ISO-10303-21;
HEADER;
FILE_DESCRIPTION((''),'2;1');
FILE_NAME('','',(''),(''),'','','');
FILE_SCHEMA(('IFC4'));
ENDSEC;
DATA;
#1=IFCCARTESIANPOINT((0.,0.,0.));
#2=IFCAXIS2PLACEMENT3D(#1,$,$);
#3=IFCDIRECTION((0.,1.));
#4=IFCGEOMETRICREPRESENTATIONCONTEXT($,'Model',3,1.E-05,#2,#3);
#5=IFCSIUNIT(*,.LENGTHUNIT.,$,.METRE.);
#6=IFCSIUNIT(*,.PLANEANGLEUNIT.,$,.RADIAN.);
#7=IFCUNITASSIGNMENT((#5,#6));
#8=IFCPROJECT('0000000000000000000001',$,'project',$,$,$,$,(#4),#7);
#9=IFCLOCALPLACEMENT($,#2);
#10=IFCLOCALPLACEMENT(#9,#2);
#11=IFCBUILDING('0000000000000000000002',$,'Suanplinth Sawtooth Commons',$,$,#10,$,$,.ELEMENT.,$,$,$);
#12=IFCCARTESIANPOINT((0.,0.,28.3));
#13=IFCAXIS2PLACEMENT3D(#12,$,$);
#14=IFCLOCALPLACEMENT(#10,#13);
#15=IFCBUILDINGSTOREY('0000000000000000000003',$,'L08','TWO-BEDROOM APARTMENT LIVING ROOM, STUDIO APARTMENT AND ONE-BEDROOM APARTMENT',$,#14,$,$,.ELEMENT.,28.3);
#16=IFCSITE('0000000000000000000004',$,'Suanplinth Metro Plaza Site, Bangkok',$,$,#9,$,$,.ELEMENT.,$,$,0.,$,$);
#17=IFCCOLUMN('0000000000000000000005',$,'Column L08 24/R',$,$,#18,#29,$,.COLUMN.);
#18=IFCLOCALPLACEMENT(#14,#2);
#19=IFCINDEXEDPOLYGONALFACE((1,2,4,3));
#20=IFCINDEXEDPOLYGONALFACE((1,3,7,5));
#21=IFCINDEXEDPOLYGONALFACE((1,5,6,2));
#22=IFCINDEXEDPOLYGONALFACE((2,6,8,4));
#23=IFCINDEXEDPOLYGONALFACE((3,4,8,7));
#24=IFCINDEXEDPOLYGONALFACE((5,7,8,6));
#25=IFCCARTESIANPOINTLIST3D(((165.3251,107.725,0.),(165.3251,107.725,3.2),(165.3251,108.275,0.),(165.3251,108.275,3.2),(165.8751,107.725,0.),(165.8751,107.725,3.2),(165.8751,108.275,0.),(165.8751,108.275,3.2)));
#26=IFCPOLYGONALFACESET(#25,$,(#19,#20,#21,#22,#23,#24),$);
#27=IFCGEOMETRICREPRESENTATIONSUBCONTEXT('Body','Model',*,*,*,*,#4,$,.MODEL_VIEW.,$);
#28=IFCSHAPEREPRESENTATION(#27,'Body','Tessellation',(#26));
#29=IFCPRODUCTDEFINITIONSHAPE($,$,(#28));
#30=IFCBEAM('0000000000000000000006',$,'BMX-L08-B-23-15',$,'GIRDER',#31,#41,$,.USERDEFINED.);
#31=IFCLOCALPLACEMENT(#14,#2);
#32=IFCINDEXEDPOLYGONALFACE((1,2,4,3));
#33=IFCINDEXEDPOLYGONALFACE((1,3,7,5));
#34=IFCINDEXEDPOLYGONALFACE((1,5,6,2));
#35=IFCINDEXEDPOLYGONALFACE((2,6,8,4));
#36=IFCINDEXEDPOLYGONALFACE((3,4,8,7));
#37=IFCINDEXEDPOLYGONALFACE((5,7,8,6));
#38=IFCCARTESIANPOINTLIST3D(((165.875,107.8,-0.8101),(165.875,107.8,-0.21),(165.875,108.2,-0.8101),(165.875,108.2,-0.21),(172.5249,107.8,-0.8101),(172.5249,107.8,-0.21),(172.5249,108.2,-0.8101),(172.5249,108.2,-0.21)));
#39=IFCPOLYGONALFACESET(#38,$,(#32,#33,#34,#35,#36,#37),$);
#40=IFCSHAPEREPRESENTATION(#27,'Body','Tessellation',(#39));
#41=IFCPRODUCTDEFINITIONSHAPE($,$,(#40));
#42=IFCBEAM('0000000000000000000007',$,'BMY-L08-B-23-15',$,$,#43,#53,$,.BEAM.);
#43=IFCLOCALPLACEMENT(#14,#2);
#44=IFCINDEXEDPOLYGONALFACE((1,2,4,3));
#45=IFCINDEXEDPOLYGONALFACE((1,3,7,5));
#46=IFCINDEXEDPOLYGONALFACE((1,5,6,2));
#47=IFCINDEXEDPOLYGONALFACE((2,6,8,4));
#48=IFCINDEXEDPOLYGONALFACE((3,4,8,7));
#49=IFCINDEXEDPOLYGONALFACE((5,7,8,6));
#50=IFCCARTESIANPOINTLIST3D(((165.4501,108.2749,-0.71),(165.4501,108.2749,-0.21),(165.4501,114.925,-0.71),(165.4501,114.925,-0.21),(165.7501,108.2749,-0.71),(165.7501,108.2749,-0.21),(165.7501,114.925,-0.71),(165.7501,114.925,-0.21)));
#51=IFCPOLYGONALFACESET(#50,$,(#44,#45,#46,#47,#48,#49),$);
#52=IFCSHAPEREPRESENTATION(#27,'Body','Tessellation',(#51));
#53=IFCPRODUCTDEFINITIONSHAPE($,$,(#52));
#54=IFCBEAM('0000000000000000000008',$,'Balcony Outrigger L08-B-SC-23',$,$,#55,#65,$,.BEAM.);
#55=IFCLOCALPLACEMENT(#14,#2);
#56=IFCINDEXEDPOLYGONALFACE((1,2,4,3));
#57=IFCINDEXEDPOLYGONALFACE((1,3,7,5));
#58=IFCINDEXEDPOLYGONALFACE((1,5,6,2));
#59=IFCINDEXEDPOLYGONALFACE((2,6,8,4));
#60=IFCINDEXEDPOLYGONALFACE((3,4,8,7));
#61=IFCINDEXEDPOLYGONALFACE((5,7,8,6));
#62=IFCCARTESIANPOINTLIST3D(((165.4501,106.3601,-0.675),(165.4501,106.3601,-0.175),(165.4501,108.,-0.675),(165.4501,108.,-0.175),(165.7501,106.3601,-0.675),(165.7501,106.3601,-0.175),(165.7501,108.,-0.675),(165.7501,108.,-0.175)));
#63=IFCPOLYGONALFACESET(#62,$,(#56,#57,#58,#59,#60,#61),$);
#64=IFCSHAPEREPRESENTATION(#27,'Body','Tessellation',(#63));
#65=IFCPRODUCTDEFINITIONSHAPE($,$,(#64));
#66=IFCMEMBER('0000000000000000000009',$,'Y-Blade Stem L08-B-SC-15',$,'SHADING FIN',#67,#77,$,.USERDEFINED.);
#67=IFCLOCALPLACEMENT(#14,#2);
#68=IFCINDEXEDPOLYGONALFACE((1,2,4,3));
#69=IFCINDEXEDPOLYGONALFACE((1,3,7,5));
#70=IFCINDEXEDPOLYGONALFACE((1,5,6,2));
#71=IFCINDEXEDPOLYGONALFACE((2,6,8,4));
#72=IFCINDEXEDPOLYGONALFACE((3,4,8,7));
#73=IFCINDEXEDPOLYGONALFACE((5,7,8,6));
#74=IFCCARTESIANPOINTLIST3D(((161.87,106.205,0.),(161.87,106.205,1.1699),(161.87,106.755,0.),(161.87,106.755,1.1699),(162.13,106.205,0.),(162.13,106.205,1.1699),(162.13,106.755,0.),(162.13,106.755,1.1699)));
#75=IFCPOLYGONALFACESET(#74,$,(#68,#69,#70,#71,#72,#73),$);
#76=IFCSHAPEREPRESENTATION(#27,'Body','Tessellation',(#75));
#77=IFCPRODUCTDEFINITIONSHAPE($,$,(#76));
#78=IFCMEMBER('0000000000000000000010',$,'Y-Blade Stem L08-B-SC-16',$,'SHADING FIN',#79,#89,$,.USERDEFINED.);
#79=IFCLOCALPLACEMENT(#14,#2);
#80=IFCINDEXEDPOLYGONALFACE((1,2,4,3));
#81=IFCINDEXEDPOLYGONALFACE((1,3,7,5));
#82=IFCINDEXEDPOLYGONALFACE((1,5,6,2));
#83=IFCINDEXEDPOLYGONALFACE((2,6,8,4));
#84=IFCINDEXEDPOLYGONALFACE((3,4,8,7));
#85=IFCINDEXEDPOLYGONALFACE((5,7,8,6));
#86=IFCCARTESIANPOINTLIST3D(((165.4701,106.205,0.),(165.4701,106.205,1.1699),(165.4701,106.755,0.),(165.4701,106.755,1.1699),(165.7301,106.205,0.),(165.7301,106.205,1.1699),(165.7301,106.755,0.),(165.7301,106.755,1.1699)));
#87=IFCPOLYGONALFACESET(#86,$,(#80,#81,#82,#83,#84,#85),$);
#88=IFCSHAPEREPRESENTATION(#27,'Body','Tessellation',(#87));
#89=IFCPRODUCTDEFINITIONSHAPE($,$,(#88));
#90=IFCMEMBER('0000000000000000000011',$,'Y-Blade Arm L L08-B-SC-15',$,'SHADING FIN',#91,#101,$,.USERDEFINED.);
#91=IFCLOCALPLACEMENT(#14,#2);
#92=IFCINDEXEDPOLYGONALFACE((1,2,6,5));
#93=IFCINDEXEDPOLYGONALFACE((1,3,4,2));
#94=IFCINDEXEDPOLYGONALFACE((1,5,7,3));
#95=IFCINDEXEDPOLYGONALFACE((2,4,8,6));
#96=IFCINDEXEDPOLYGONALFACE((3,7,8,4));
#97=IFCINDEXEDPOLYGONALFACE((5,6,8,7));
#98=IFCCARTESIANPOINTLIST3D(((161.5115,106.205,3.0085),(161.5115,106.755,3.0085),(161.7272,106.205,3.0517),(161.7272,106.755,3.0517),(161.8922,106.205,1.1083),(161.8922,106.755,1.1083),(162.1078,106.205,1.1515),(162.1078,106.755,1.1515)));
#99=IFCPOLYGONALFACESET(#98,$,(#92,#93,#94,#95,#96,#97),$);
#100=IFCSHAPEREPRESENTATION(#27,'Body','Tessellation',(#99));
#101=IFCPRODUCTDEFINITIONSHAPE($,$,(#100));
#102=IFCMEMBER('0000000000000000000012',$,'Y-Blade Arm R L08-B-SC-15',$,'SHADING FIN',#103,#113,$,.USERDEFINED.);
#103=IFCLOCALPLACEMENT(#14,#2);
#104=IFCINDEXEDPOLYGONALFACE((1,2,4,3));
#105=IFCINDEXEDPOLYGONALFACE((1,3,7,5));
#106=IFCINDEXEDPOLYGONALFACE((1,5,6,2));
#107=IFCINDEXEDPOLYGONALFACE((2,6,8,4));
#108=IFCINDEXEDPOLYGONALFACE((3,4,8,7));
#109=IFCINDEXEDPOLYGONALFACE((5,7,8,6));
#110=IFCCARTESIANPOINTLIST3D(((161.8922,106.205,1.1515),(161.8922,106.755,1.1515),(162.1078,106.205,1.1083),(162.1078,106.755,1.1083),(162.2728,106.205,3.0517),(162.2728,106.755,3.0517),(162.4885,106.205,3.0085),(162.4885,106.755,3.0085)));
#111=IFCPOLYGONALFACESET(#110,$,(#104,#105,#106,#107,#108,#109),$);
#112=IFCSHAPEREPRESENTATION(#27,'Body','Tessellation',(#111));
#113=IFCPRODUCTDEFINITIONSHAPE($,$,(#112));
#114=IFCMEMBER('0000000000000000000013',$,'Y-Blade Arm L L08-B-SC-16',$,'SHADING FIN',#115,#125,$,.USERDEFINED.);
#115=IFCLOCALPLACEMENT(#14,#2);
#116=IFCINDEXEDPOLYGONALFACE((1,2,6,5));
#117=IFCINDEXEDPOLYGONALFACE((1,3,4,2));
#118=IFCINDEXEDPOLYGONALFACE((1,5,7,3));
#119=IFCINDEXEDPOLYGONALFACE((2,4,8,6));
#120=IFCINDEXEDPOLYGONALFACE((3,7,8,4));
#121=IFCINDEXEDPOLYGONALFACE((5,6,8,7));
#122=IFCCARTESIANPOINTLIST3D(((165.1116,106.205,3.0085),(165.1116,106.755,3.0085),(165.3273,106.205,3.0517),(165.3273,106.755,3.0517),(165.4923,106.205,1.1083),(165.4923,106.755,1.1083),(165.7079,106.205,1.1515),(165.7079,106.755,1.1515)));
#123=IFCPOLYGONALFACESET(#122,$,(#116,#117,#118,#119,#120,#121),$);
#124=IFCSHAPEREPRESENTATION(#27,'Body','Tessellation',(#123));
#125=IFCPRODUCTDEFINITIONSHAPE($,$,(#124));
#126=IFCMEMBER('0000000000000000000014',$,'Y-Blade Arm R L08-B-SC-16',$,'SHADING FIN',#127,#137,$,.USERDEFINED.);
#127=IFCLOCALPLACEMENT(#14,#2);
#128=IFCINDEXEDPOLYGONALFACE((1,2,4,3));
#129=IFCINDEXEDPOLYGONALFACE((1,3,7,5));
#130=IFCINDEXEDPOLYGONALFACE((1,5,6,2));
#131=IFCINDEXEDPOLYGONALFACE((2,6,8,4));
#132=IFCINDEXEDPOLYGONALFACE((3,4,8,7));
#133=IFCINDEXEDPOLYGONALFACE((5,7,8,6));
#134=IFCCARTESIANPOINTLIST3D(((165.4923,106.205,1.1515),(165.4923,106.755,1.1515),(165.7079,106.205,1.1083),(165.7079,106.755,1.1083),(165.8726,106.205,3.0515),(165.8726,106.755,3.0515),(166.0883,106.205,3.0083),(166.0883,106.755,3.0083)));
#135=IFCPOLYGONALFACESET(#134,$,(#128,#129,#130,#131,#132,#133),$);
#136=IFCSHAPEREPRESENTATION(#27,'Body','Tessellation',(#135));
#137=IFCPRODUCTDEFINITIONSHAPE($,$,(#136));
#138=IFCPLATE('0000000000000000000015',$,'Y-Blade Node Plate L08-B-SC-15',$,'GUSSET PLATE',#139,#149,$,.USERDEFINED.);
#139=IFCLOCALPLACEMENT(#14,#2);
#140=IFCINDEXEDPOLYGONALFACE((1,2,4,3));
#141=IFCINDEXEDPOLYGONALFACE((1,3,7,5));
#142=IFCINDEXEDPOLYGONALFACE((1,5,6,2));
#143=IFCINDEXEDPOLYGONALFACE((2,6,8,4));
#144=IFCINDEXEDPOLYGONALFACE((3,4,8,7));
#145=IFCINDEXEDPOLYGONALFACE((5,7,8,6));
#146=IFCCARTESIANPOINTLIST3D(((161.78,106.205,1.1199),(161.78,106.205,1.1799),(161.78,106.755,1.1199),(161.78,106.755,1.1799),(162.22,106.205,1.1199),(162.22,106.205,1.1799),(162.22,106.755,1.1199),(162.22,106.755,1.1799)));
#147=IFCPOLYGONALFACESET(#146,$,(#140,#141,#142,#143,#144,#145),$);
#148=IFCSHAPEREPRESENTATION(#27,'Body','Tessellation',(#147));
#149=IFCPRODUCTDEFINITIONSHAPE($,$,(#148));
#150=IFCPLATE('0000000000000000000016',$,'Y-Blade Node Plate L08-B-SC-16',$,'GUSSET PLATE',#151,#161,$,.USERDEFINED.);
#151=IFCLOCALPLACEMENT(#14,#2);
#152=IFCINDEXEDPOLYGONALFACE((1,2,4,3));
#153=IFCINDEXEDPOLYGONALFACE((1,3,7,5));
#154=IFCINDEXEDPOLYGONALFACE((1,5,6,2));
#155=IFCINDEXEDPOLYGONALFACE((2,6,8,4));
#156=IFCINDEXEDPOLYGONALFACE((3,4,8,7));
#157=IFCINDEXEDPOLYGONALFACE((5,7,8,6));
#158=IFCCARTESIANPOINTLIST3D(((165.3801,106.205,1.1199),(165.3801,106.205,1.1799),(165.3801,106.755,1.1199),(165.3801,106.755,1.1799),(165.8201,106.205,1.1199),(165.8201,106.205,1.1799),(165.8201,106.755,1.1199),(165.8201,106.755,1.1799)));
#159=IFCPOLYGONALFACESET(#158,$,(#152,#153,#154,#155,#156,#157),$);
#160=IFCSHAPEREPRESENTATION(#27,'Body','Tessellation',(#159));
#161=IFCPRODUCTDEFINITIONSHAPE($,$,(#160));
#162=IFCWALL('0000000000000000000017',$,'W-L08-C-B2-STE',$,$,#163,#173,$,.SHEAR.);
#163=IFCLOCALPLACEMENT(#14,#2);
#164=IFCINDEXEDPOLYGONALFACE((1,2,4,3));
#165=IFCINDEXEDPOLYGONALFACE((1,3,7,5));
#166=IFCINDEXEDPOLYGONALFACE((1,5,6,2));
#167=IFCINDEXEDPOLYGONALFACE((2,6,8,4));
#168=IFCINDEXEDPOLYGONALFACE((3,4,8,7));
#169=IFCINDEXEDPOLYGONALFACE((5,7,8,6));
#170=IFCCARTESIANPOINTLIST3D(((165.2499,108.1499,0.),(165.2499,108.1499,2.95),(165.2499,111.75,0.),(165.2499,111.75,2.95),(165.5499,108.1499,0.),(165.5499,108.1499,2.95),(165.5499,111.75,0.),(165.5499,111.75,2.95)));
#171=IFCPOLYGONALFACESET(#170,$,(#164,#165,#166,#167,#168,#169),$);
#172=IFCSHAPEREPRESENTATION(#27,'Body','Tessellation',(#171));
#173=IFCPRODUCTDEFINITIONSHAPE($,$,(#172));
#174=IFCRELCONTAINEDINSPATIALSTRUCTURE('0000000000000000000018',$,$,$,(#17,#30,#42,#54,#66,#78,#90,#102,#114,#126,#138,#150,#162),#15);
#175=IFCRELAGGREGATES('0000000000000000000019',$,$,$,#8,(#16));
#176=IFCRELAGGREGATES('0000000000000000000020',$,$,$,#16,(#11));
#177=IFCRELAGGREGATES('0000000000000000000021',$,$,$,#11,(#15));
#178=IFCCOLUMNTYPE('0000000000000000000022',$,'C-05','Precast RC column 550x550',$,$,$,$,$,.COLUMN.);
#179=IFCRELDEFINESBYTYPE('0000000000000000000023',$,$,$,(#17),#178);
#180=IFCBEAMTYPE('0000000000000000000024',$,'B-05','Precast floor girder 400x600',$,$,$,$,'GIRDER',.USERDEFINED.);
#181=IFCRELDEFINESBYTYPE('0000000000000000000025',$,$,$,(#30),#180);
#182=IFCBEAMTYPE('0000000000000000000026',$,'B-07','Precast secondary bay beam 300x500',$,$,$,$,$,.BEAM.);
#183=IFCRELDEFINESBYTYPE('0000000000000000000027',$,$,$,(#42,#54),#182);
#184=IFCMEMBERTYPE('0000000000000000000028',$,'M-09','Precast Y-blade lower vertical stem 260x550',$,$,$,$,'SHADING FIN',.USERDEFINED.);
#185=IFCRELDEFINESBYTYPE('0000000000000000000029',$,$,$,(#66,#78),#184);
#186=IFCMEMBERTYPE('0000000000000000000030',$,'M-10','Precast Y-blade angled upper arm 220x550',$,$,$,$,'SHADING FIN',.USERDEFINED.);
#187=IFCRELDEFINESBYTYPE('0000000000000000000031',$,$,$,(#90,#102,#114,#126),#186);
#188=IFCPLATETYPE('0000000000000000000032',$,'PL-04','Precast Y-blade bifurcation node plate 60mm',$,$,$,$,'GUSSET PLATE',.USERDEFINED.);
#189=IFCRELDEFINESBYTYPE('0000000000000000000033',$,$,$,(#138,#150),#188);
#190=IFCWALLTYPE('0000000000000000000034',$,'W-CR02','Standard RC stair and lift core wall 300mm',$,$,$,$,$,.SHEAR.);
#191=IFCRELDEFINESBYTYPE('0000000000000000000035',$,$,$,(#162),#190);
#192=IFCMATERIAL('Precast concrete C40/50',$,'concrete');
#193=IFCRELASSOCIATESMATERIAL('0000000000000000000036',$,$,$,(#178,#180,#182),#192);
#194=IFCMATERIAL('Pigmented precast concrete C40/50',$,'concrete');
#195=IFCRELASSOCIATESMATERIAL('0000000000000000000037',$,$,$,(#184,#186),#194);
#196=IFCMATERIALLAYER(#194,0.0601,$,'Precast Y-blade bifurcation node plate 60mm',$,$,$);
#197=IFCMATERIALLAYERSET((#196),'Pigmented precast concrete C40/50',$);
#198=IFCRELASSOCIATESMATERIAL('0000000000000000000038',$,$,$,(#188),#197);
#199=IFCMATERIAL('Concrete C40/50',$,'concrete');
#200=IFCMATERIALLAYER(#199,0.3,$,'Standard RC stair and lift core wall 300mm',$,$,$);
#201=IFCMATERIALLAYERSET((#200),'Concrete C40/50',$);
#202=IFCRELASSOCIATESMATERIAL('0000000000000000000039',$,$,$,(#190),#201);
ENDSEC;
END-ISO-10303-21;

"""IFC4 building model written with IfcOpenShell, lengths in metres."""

from ifc_helpers import new_model, si_unit, direction, frame, frame_2d, origin, origin_2d, place, context, subcontext, project, spatial, rectangle, extrude, material, layer, layer_set, material_profile, profile_set, type_object, element, save


model = new_model("IFC4")

# Units and contexts
model_context = context("Model", 3, precision=1e-05, world=origin(), true_north=direction((0.0, 1.0)))
body_context = subcontext(model_context, "Body", "Model", "MODEL_VIEW")
ifc_project = project(units=[si_unit("LENGTHUNIT", "METRE"), si_unit("PLANEANGLEUNIT", "RADIAN")], contexts=[model_context])

# Site, building, storey
site_placement = place(None, origin())
site = spatial("IfcSite", under=ifc_project, at=site_placement, Name="Suanplinth Metro Plaza Site, Bangkok", CompositionType="ELEMENT", RefElevation=0.0)
building_placement = place(site_placement, origin())
building = spatial("IfcBuilding", under=site, at=building_placement, Name="Suanplinth Sawtooth Commons", CompositionType="ELEMENT")
storey_placement = place(building_placement, frame((0.0, 0.0, 28.3)))
storey = spatial("IfcBuildingStorey", under=building, at=storey_placement, Name="L08", Description="TWO-BEDROOM APARTMENT LIVING ROOM, STUDIO APARTMENT AND ONE-BEDROOM APARTMENT", CompositionType="ELEMENT", Elevation=28.3)

# Column
ifc_material_1 = material(Name="Precast concrete C40/50", Category="concrete")
ifc_material_profile_1 = material_profile(ifc_material_1, rectangle(XDim=0.55, YDim=0.55, at=origin_2d()), Name="PC-COL 550x550")
ifc_profile_set_1 = profile_set([ifc_material_profile_1], Name="Precast concrete C40/50")
column_type = type_object("IfcColumnType", Name="C-05", Description="Precast RC column 550x550", PredefinedType="COLUMN", material=ifc_profile_set_1)
column_placement = place(storey_placement, frame((165.6001, 108.0, 0.0), z_axis=(0.0, 0.0, 1.0), x_axis=(1.0, 0.0, 0.0)))
element("IfcColumn", 1, at=column_placement, inside=storey, type_object=column_type, Name="Column L08 24/R", PredefinedType="COLUMN", context=body_context, shape_type="SweptSolid", body=[
    extrude(rectangle(XDim=0.55, YDim=0.55, at=origin_2d()), origin(), (0.0, 0.0, 1.0), 3.2),
])

# Beams
ifc_material_profile_2 = material_profile(ifc_material_1, rectangle(XDim=0.3999, YDim=0.6001, at=origin_2d()), Name="PC-GDR 400x600")
ifc_profile_set_2 = profile_set([ifc_material_profile_2], Name="Precast concrete C40/50")
beam_type_1 = type_object("IfcBeamType", Name="B-05", Description="Precast floor girder 400x600", ElementType="GIRDER", PredefinedType="USERDEFINED", material=ifc_profile_set_2)
beam_1_placement = place(storey_placement, frame((165.875, 108.0, -0.51), z_axis=(1.0, 0.0, 0.0), x_axis=(0.0, 1.0, 0.0)))
element("IfcBeam", 2, at=beam_1_placement, inside=storey, type_object=beam_type_1, Name="BMX-L08-B-23-15", ObjectType="GIRDER", PredefinedType="USERDEFINED", context=body_context, shape_type="SweptSolid", body=[
    extrude(rectangle(XDim=0.3999, YDim=0.6001, at=origin_2d()), origin(), (0.0, 0.0, 1.0), 6.6499),
])
ifc_material_profile_3 = material_profile(ifc_material_1, rectangle(XDim=0.3, YDim=0.5, at=origin_2d()), Name="PC-BM 300x500")
ifc_profile_set_3 = profile_set([ifc_material_profile_3], Name="Precast concrete C40/50")
beam_type_2 = type_object("IfcBeamType", Name="B-07", Description="Precast secondary bay beam 300x500", PredefinedType="BEAM", material=ifc_profile_set_3)
beam_2_placement = place(storey_placement, frame((165.6001, 108.2749, -0.46), z_axis=(0.0, 1.0, 0.0), x_axis=(-1.0, 0.0, 0.0)))
element("IfcBeam", 3, at=beam_2_placement, inside=storey, type_object=beam_type_2, Name="BMY-L08-B-23-15", PredefinedType="BEAM", context=body_context, shape_type="SweptSolid", body=[
    extrude(rectangle(XDim=0.3, YDim=0.5, at=origin_2d()), origin(), (0.0, 0.0, 1.0), 6.6501),
])
beam_3_placement = place(storey_placement, frame((165.6001, 108.0, -0.425), z_axis=(0.0, -1.0, 0.0), x_axis=(1.0, 0.0, 0.0)))
element("IfcBeam", 4, at=beam_3_placement, inside=storey, type_object=beam_type_2, Name="Balcony Outrigger L08-B-SC-23", PredefinedType="BEAM", context=body_context, shape_type="SweptSolid", body=[
    extrude(rectangle(XDim=0.3, YDim=0.5, at=origin_2d()), origin(), (0.0, 0.0, 1.0), 1.6399),
])

# Members
ifc_material_2 = material(Name="Pigmented precast concrete C40/50", Category="concrete")
ifc_material_profile_4 = material_profile(ifc_material_2, rectangle(XDim=0.26, YDim=0.55, at=origin_2d()), Name="PC-FIN 260x550")
ifc_profile_set_4 = profile_set([ifc_material_profile_4], Name="Pigmented precast concrete C40/50")
member_type_1 = type_object("IfcMemberType", Name="M-09", Description="Precast Y-blade lower vertical stem 260x550", ElementType="SHADING FIN", PredefinedType="USERDEFINED", material=ifc_profile_set_4)
for number, where, z_axis, x_axis, name in (
    (5, (162.0, 106.48, 0.0), (0.0, 0.0, 1.0), (1.0, 0.0, 0.0), "Y-Blade Stem L08-B-SC-15"),
    (6, (165.6001, 106.48, 0.0), (0.0, 0.0, 1.0), (1.0, 0.0, 0.0), "Y-Blade Stem L08-B-SC-16"),
):
    element("IfcMember", number, at=place(storey_placement, frame(where, z_axis=z_axis, x_axis=x_axis)), inside=storey, type_object=member_type_1, Name=name, ObjectType="SHADING FIN", PredefinedType="USERDEFINED", context=body_context, shape_type="SweptSolid", body=[
        extrude(rectangle(XDim=0.26, YDim=0.55, at=origin_2d()), origin(), (0.0, 0.0, 1.0), 1.1699),
    ])
ifc_material_profile_5 = material_profile(ifc_material_2, rectangle(XDim=0.22, YDim=0.55, at=origin_2d()), Name="PC-FIN 220x550")
ifc_profile_set_5 = profile_set([ifc_material_profile_5], Name="Pigmented precast concrete C40/50")
member_type_2 = type_object("IfcMemberType", Name="M-10", Description="Precast Y-blade angled upper arm 220x550", ElementType="SHADING FIN", PredefinedType="USERDEFINED", material=ifc_profile_set_5)
for number, where, z_axis, x_axis, name in (
    (7, (162.0, 106.48, 1.1299), (-0.196407, 0.0, 0.980522), (0.980522, 0.0, 0.196407), "Y-Blade Arm L L08-B-SC-15"),
    (8, (162.0, 106.48, 1.1299), (0.196407, 0.0, 0.980522), (-0.980522, 0.0, 0.196407), "Y-Blade Arm R L08-B-SC-15"),
    (9, (165.6001, 106.48, 1.1299), (-0.196407, 0.0, 0.980522), (0.980522, 0.0, 0.196407), "Y-Blade Arm L L08-B-SC-16"),
):
    element("IfcMember", number, at=place(storey_placement, frame(where, z_axis=z_axis, x_axis=x_axis)), inside=storey, type_object=member_type_2, Name=name, ObjectType="SHADING FIN", PredefinedType="USERDEFINED", context=body_context, shape_type="SweptSolid", body=[
        extrude(rectangle(XDim=0.22, YDim=0.55, at=origin_2d()), origin(), (0.0, 0.0, 1.0), 1.938),
    ])
member_placement = place(storey_placement, frame((165.6001, 106.48, 1.1299), z_axis=(0.196286, 0.0, 0.980547), x_axis=(-0.980547, 0.0, 0.196286)))
element("IfcMember", 10, at=member_placement, inside=storey, type_object=member_type_2, Name="Y-Blade Arm R L08-B-SC-16", ObjectType="SHADING FIN", PredefinedType="USERDEFINED", context=body_context, shape_type="SweptSolid", body=[
    extrude(rectangle(XDim=0.22, YDim=0.55, at=origin_2d()), origin(), (0.0, 0.0, 1.0), 1.9377),
])

# Plates
ifc_layer_1 = layer(ifc_material_2, 0.0601, Name="Precast Y-blade bifurcation node plate 60mm")
ifc_layer_set_1 = layer_set([ifc_layer_1], Name="Pigmented precast concrete C40/50")
plate_type = type_object("IfcPlateType", Name="PL-04", Description="Precast Y-blade bifurcation node plate 60mm", ElementType="GUSSET PLATE", PredefinedType="USERDEFINED", material=ifc_layer_set_1)
for number, where, z_axis, x_axis, name in (
    (11, (162.0, 106.48, 1.1199), (0.0, 0.0, 1.0), (1.0, 0.0, 0.0), "Y-Blade Node Plate L08-B-SC-15"),
    (12, (165.6001, 106.48, 1.1199), (0.0, 0.0, 1.0), (1.0, 0.0, 0.0), "Y-Blade Node Plate L08-B-SC-16"),
):
    element("IfcPlate", number, at=place(storey_placement, frame(where, z_axis=z_axis, x_axis=x_axis)), inside=storey, type_object=plate_type, Name=name, ObjectType="GUSSET PLATE", PredefinedType="USERDEFINED", context=body_context, shape_type="SweptSolid", body=[
        extrude(rectangle(XDim=0.4399, YDim=0.55, at=origin_2d()), origin(), (0.0, 0.0, 1.0), 0.0601),
    ])

# Wall
ifc_material_3 = material(Name="Concrete C40/50", Category="concrete")
ifc_layer_2 = layer(ifc_material_3, 0.3, Name="Standard RC stair and lift core wall 300mm")
ifc_layer_set_2 = layer_set([ifc_layer_2], Name="Concrete C40/50")
wall_type_1 = type_object("IfcWallType", Name="W-CR02", Description="Standard RC stair and lift core wall 300mm", PredefinedType="SHEAR", material=ifc_layer_set_2)
wall_1_placement = place(storey_placement, frame((165.3999, 108.1499, 0.0), z_axis=(0.0, 0.0, 1.0), x_axis=(0.0, 1.0, 0.0)))
element("IfcWall", 13, at=wall_1_placement, inside=storey, type_object=wall_type_1, Name="W-L08-C-B2-STE", PredefinedType="SHEAR", context=body_context, shape_type="SweptSolid", body=[
    extrude(rectangle(XDim=3.6001, YDim=0.3, at=frame_2d((1.8, 0.0))), origin(), (0.0, 0.0, 1.0), 2.95),
])

save(model, "model.ifc")
